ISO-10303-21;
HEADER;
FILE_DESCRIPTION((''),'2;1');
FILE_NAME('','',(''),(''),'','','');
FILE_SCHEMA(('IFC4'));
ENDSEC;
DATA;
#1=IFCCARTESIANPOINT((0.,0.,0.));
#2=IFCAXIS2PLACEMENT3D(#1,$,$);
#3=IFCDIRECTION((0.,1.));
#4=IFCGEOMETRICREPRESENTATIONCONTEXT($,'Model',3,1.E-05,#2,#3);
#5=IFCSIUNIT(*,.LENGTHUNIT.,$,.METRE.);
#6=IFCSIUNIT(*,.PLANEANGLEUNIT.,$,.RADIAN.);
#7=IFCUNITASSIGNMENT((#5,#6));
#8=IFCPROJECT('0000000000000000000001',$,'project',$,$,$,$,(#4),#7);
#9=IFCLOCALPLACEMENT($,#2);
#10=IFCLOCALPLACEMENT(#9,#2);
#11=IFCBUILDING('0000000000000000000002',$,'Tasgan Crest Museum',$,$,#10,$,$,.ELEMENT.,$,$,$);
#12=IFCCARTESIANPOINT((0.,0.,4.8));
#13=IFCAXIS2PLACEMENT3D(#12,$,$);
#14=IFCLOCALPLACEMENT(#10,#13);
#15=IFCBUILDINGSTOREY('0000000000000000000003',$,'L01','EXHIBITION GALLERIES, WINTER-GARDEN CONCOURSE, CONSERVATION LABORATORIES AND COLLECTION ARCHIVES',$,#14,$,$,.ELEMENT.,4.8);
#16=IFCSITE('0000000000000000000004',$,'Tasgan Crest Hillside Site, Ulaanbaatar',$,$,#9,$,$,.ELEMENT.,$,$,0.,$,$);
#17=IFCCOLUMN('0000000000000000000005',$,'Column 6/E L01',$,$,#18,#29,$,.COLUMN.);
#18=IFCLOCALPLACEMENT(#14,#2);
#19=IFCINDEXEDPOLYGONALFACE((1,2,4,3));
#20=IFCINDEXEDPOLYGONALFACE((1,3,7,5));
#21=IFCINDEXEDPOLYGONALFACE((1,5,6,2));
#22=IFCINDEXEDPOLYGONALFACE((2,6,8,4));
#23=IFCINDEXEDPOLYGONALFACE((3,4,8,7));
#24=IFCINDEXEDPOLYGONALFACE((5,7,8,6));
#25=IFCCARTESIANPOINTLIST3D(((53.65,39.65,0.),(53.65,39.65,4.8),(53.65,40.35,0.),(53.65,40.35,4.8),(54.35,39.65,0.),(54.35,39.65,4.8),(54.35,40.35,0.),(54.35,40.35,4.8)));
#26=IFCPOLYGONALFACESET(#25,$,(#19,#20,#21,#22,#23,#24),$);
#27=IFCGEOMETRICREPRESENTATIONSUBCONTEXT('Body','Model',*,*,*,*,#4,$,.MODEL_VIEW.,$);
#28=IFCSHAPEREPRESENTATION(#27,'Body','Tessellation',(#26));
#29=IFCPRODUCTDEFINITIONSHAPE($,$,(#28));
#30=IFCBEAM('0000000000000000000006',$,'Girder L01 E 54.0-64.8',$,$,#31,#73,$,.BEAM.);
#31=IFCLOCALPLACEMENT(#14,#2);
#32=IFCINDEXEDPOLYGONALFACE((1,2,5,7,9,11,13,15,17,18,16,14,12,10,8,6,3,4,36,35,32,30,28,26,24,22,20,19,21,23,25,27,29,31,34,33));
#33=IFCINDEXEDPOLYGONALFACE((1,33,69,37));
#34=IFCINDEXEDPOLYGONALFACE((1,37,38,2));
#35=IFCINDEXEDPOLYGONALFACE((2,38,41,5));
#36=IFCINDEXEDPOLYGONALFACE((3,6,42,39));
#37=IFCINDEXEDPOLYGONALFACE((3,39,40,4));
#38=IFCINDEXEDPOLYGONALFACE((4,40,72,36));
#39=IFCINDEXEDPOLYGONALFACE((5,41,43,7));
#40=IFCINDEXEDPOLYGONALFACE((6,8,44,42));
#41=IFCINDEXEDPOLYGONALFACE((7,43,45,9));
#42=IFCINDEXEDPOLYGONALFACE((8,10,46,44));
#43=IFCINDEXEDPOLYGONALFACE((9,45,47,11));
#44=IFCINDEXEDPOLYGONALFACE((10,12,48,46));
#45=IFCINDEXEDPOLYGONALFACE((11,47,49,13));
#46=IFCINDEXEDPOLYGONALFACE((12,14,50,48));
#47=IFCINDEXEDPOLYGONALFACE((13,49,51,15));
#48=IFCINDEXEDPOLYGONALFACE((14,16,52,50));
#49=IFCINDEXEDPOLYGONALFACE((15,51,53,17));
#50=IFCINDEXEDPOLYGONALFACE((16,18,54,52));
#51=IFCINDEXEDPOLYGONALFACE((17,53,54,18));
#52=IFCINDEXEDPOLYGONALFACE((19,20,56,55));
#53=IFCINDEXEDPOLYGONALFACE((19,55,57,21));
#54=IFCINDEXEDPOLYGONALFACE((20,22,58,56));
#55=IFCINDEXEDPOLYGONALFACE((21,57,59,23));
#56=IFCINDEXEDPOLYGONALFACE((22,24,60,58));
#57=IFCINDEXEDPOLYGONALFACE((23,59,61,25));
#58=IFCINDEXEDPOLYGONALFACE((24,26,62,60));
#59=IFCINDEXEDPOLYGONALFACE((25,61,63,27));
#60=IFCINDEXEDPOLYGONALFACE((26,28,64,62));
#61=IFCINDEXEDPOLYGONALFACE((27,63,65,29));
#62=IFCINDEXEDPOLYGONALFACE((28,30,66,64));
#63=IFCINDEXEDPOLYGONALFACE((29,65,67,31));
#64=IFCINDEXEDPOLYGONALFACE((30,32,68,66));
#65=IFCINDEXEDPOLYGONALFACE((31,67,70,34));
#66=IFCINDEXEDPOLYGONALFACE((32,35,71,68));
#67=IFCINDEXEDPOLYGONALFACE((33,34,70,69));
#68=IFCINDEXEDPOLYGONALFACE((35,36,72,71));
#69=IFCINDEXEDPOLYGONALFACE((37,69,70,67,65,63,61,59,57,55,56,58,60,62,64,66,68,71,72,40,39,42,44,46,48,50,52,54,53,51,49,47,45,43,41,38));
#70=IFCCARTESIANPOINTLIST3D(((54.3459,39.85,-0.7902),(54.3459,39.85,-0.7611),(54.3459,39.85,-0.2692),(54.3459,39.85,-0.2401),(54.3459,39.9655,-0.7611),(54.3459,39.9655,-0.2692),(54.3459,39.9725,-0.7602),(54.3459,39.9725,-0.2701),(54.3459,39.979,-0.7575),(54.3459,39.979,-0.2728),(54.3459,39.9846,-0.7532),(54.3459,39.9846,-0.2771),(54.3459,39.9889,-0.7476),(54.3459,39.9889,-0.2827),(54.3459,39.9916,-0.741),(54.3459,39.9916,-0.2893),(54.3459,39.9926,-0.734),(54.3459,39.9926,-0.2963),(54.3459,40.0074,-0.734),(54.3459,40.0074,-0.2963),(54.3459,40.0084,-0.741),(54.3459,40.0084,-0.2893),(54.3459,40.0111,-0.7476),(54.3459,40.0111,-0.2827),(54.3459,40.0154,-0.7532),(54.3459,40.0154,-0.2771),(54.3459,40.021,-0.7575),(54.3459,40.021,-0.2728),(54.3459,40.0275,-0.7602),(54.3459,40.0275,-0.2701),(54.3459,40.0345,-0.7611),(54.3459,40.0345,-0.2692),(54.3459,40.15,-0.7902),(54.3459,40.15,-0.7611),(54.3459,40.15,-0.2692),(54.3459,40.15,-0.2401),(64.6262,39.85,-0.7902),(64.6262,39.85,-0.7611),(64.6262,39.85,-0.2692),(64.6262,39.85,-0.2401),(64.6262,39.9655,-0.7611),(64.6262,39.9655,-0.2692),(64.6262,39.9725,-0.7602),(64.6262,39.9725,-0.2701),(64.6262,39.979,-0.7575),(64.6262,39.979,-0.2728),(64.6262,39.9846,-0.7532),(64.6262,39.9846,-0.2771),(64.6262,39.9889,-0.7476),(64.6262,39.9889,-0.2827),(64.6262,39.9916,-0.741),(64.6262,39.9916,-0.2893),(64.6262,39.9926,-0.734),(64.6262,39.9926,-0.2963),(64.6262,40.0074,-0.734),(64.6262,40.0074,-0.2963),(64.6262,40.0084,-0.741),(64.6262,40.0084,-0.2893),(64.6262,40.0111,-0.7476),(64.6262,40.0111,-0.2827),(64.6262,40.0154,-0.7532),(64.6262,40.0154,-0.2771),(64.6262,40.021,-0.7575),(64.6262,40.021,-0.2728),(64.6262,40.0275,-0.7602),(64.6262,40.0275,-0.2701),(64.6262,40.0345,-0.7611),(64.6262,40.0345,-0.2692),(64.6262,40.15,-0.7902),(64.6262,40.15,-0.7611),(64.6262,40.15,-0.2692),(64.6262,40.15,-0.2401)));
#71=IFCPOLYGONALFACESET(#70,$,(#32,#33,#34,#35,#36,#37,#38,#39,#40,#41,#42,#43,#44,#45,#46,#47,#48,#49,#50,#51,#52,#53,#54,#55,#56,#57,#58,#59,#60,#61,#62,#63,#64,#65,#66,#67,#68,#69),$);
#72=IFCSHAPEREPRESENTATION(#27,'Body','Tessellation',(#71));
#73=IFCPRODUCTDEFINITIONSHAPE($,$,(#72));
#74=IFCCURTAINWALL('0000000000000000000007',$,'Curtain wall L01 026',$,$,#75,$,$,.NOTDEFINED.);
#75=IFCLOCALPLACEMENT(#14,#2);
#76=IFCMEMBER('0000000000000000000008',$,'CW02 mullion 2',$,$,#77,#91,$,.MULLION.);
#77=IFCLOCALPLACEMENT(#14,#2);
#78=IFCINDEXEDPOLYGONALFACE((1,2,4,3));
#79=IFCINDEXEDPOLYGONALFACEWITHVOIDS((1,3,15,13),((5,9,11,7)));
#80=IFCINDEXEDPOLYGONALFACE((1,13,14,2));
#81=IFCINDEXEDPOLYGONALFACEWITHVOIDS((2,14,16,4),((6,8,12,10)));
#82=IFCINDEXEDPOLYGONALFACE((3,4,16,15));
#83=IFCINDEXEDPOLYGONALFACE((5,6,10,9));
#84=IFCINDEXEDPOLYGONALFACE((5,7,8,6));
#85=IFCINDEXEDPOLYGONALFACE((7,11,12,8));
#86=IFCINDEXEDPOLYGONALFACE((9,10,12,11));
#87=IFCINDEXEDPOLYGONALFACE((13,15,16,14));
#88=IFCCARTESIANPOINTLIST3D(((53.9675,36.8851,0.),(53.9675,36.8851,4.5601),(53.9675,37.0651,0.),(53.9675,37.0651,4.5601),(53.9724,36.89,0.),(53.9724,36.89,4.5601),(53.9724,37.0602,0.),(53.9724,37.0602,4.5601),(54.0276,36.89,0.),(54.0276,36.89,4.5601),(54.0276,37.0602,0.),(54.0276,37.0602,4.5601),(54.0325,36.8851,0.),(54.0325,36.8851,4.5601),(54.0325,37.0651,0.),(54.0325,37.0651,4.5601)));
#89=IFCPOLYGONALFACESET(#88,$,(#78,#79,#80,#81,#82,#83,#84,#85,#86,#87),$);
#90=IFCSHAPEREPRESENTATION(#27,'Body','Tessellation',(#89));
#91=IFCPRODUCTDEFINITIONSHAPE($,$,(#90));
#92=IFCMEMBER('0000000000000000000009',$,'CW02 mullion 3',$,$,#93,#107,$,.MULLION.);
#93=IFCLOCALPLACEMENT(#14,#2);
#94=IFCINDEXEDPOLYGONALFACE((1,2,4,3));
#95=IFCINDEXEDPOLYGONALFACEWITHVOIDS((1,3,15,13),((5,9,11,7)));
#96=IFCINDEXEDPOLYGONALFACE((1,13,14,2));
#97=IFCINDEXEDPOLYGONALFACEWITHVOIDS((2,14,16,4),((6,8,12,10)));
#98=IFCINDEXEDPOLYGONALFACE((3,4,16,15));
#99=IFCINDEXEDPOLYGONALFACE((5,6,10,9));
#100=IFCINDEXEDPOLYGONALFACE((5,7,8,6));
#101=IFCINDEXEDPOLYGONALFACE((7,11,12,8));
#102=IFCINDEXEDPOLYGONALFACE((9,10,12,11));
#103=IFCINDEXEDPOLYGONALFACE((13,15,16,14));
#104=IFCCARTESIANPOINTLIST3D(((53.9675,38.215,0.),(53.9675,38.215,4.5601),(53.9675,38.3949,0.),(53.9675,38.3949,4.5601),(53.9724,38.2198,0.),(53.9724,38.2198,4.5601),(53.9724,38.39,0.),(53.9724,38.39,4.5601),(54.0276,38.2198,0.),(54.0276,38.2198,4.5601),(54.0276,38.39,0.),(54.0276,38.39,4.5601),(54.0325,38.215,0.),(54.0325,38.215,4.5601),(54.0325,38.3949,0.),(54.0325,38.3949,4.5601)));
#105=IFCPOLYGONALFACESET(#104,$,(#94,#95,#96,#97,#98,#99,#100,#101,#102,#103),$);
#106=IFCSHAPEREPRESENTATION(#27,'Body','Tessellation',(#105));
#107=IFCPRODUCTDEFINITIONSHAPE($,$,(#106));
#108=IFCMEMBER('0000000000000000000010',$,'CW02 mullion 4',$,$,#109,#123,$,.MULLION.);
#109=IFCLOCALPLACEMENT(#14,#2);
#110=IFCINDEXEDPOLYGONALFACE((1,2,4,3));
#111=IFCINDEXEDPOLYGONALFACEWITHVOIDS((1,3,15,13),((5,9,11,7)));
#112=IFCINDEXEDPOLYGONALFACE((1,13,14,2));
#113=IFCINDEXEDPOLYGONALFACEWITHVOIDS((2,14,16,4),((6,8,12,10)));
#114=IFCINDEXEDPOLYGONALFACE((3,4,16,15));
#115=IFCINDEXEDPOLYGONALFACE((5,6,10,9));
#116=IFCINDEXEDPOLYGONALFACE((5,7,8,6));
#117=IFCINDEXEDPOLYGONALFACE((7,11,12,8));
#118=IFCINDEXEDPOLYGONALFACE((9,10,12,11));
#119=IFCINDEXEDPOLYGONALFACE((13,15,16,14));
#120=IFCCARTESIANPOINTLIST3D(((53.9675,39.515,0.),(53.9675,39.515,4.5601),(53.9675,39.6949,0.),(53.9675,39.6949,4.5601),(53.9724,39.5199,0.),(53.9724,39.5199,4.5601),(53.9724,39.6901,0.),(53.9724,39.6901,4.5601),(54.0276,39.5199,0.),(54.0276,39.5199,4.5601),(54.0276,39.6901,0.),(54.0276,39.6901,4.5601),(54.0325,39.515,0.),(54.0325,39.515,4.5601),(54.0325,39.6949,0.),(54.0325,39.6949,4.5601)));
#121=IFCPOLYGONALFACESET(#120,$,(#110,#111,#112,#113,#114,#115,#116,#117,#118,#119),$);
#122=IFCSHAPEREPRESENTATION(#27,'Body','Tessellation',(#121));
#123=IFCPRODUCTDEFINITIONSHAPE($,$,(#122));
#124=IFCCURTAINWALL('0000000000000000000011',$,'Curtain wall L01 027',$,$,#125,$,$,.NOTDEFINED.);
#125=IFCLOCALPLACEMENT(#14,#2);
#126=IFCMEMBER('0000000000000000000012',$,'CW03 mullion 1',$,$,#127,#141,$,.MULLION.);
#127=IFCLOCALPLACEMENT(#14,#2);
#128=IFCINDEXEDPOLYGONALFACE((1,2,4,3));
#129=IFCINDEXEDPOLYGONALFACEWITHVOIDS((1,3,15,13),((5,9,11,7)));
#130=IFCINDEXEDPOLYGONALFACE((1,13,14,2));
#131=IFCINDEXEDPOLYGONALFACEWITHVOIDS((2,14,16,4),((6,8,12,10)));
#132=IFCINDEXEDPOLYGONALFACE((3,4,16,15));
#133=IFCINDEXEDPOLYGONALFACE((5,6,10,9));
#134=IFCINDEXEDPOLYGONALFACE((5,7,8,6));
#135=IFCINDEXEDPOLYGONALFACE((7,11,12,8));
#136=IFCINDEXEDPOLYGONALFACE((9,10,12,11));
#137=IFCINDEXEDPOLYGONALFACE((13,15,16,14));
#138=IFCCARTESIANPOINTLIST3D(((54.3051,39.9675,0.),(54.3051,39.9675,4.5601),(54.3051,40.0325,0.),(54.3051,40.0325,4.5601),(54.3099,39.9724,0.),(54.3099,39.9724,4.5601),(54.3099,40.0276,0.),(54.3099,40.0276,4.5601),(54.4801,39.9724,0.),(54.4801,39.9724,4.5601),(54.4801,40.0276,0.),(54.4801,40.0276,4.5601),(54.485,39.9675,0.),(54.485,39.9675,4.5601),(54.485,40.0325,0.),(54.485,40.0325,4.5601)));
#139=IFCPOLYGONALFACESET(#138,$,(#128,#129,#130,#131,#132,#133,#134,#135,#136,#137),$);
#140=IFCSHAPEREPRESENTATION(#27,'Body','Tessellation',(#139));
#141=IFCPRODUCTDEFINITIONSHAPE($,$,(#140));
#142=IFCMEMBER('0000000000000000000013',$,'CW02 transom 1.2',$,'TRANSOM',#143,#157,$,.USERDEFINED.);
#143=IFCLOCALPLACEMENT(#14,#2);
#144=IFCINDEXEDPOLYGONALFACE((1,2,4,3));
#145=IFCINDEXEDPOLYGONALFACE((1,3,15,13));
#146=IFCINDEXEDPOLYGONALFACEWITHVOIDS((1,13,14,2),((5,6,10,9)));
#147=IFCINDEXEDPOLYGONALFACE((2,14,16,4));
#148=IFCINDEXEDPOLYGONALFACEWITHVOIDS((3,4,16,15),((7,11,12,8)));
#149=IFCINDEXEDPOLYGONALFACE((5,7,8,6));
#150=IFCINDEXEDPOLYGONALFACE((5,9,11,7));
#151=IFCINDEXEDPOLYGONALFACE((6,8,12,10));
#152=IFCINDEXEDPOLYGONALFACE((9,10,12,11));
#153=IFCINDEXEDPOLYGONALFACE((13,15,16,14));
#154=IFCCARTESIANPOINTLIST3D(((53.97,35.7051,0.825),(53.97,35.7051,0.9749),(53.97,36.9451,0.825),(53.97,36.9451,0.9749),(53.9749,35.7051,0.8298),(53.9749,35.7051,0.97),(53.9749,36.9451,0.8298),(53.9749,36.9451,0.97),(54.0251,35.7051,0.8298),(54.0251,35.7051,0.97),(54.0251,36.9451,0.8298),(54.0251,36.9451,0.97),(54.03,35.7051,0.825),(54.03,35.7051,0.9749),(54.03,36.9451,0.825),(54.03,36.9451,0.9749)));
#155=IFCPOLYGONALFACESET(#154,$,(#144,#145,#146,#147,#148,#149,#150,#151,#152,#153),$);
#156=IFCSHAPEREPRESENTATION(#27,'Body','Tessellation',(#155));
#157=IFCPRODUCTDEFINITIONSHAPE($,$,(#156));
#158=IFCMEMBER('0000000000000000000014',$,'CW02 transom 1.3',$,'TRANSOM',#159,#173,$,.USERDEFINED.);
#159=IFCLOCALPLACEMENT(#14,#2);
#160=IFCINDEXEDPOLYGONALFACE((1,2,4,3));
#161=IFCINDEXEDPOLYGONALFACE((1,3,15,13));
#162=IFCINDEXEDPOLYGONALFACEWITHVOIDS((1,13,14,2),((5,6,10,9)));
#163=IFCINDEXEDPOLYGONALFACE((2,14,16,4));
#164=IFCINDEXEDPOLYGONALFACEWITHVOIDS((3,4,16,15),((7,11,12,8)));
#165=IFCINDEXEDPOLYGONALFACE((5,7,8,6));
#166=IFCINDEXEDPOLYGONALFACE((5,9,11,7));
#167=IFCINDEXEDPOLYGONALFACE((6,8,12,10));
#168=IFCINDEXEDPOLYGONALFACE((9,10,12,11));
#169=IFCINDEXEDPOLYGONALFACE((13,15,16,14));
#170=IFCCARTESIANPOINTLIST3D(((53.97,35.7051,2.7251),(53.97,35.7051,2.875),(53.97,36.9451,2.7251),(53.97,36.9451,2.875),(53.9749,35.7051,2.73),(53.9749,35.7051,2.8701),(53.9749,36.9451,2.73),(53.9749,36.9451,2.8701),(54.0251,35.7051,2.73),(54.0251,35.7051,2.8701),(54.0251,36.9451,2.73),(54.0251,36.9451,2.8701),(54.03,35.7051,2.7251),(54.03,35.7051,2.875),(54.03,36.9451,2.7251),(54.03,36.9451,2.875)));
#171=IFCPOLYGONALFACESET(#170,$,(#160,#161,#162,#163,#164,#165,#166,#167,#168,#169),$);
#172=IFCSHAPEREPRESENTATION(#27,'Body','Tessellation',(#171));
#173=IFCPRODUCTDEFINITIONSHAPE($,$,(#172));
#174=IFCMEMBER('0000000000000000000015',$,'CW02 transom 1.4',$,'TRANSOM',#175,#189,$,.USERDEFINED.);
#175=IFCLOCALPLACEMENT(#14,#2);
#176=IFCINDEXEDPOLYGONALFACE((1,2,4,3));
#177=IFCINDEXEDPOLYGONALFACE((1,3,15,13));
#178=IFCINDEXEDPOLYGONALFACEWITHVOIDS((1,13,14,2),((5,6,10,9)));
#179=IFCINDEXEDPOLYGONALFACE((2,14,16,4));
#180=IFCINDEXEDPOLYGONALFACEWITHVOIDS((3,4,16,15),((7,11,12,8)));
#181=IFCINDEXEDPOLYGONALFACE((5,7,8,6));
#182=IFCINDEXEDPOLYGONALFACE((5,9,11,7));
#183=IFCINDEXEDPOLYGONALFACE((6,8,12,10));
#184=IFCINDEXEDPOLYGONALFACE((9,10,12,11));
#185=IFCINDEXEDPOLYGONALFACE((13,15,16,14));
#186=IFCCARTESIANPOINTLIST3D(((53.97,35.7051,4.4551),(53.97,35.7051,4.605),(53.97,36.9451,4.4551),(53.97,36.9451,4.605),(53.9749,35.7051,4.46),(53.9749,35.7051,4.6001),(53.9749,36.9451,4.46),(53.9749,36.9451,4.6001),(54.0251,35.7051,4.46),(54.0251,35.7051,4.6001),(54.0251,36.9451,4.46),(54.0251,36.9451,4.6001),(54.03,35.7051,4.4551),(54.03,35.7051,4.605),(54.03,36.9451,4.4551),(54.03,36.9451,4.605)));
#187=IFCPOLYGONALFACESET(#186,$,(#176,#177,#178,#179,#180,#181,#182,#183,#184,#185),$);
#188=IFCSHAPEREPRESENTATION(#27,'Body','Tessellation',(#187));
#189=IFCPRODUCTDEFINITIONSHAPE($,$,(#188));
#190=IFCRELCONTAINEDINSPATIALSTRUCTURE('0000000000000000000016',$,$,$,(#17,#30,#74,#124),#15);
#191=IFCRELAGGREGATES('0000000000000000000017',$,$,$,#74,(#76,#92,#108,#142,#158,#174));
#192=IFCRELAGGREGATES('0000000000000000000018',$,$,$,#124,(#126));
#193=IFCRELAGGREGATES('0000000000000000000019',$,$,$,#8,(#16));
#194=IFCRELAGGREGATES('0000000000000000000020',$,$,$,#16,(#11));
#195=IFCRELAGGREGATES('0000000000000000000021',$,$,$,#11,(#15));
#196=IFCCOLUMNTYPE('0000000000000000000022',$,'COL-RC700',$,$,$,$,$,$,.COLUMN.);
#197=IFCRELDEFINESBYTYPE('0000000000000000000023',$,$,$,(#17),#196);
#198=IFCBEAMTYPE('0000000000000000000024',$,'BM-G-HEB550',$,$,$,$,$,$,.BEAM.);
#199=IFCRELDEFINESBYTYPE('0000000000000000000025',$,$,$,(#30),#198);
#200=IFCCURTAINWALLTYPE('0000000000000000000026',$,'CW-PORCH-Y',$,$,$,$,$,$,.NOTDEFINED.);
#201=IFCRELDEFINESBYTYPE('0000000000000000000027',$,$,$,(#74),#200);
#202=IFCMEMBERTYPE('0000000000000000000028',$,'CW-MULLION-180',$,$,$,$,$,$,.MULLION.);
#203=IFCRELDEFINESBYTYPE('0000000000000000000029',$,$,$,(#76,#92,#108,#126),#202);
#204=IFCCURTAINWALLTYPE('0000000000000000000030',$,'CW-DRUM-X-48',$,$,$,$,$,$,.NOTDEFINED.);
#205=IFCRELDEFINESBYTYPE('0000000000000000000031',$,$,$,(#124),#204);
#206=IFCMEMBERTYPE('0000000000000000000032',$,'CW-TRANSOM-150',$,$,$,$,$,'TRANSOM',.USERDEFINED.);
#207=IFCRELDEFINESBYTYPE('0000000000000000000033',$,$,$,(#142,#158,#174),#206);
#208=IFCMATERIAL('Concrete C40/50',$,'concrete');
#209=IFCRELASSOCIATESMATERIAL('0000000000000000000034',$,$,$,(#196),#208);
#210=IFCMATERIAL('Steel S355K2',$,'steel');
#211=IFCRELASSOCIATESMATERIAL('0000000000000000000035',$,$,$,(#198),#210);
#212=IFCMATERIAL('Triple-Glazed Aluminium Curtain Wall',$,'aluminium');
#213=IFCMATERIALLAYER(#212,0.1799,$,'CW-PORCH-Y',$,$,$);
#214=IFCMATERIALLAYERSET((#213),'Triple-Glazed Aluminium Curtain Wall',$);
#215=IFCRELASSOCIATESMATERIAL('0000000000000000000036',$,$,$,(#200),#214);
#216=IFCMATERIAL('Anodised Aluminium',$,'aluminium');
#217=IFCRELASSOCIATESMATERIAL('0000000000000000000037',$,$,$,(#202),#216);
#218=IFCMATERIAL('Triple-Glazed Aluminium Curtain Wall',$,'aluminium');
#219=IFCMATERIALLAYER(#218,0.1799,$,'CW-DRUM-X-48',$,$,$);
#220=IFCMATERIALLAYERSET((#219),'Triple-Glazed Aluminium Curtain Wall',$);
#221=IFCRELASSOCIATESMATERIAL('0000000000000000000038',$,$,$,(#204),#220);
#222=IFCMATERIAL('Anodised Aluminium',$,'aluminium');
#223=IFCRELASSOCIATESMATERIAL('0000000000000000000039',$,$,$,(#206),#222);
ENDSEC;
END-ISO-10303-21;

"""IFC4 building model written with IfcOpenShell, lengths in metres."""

from ifc_helpers import new_model, si_unit, direction, frame, origin, origin_2d, place, context, subcontext, project, spatial, rectangle, hollow_rectangle, i_section, extrude, material, layer, layer_set, material_profile, profile_set, type_object, element, aggregate, save


model = new_model("IFC4")

# Units and contexts
model_context = context("Model", 3, precision=1e-05, world=origin(), true_north=direction((0.0, 1.0)))
body_context = subcontext(model_context, "Body", "Model", "MODEL_VIEW")
ifc_project = project(units=[si_unit("LENGTHUNIT", "METRE"), si_unit("PLANEANGLEUNIT", "RADIAN")], contexts=[model_context])

# Site, building, storey
site_placement = place(None, origin())
site = spatial("IfcSite", under=ifc_project, at=site_placement, Name="Tasgan Crest Hillside Site, Ulaanbaatar", CompositionType="ELEMENT", RefElevation=0.0)
building_placement = place(site_placement, origin())
building = spatial("IfcBuilding", under=site, at=building_placement, Name="Tasgan Crest Museum", CompositionType="ELEMENT")
storey_placement = place(building_placement, frame((0.0, 0.0, 4.8)))
storey = spatial("IfcBuildingStorey", under=building, at=storey_placement, Name="L01", Description="EXHIBITION GALLERIES, WINTER-GARDEN CONCOURSE, CONSERVATION LABORATORIES AND COLLECTION ARCHIVES", CompositionType="ELEMENT", Elevation=4.8)

# Column
ifc_material_1 = material(Name="Concrete C40/50", Category="concrete")
ifc_material_profile_1 = material_profile(ifc_material_1, rectangle(XDim=0.7, YDim=0.7, at=origin_2d()), Name="RC 700x700")
ifc_profile_set_1 = profile_set([ifc_material_profile_1], Name="Concrete C40/50")
column_type = type_object("IfcColumnType", Name="COL-RC700", PredefinedType="COLUMN", material=ifc_profile_set_1)
column_placement = place(storey_placement, frame((54.0, 40.0, 0.0), z_axis=(0.0, 0.0, 1.0), x_axis=(1.0, 0.0, 0.0)))
element("IfcColumn", 1, at=column_placement, inside=storey, type_object=column_type, Name="Column 6/E L01", PredefinedType="COLUMN", context=body_context, shape_type="SweptSolid", body=[
    extrude(rectangle(XDim=0.7, YDim=0.7, at=origin_2d()), origin(), (0.0, 0.0, 1.0), 4.8),
])

# Beam
ifc_material_2 = material(Name="Steel S355K2", Category="steel")
ifc_material_profile_2 = material_profile(ifc_material_2, i_section(OverallWidth=0.3, OverallDepth=0.55, WebThickness=0.0149, FlangeThickness=0.0291, FilletRadius=0.0271, at=origin_2d()), Name="HEB 550")
ifc_profile_set_2 = profile_set([ifc_material_profile_2], Name="Steel S355K2")
beam_type = type_object("IfcBeamType", Name="BM-G-HEB550", PredefinedType="BEAM", material=ifc_profile_set_2)
beam_placement = place(storey_placement, frame((54.3459, 40.0, -0.5151), z_axis=(1.0, 0.0, 0.0), x_axis=(0.0, 1.0, 0.0)))
element("IfcBeam", 2, at=beam_placement, inside=storey, type_object=beam_type, Name="Girder L01 E 54.0-64.8", PredefinedType="BEAM", context=body_context, shape_type="SweptSolid", body=[
    extrude(i_section(OverallWidth=0.3, OverallDepth=0.55, WebThickness=0.0149, FlangeThickness=0.0291, FilletRadius=0.0271, at=origin_2d()), origin(), (0.0, 0.0, 1.0), 10.2803),
])

# Curtain wall, members
ifc_material_3 = material(Name="Triple-Glazed Aluminium Curtain Wall", Category="aluminium")
ifc_layer_1 = layer(ifc_material_3, 0.1799, Name="CW-PORCH-Y")
ifc_layer_set_1 = layer_set([ifc_layer_1], Name="Triple-Glazed Aluminium Curtain Wall")
curtain_wall_type_1 = type_object("IfcCurtainWallType", Name="CW-PORCH-Y", PredefinedType="NOTDEFINED", material=ifc_layer_set_1)
curtain_wall_1_placement = place(storey_placement, origin())
curtain_wall_1 = element("IfcCurtainWall", 3, at=curtain_wall_1_placement, inside=storey, type_object=curtain_wall_type_1, Name="Curtain wall L01 026", PredefinedType="NOTDEFINED")
ifc_material_4 = material(Name="Anodised Aluminium", Category="aluminium")
ifc_material_profile_3 = material_profile(ifc_material_4, hollow_rectangle(XDim=0.0649, YDim=0.1799, WallThickness=0.0049, at=origin_2d()), Name="ALU MULLION 180x65x5")
ifc_profile_set_3 = profile_set([ifc_material_profile_3], Name="Anodised Aluminium")
member_type_1 = type_object("IfcMemberType", Name="CW-MULLION-180", PredefinedType="MULLION", material=ifc_profile_set_3)
member_1_placement = place(storey_placement, frame((54.0, 36.9751, 0.0), z_axis=(0.0, 0.0, 1.0), x_axis=(-1.0, 0.0, 0.0)))
member_1 = element("IfcMember", 4, at=member_1_placement, type_object=member_type_1, Name="CW02 mullion 2", PredefinedType="MULLION", context=body_context, shape_type="SweptSolid", body=[
    extrude(hollow_rectangle(XDim=0.0649, YDim=0.1799, WallThickness=0.0049, at=origin_2d()), origin(), (0.0, 0.0, 1.0), 4.5601),
])
member_2_placement = place(storey_placement, frame((54.0, 38.3049, 0.0), z_axis=(0.0, 0.0, 1.0), x_axis=(-1.0, 0.0, 0.0)))
member_2 = element("IfcMember", 5, at=member_2_placement, type_object=member_type_1, Name="CW02 mullion 3", PredefinedType="MULLION", context=body_context, shape_type="SweptSolid", body=[
    extrude(hollow_rectangle(XDim=0.0649, YDim=0.1799, WallThickness=0.0049, at=origin_2d()), origin(), (0.0, 0.0, 1.0), 4.5601),
])
member_3_placement = place(storey_placement, frame((54.0, 39.605, 0.0), z_axis=(0.0, 0.0, 1.0), x_axis=(-1.0, 0.0, 0.0)))
member_3 = element("IfcMember", 6, at=member_3_placement, type_object=member_type_1, Name="CW02 mullion 4", PredefinedType="MULLION", context=body_context, shape_type="SweptSolid", body=[
    extrude(hollow_rectangle(XDim=0.0649, YDim=0.1799, WallThickness=0.0049, at=origin_2d()), origin(), (0.0, 0.0, 1.0), 4.5601),
])

# Curtain wall, member
ifc_material_5 = material(Name="Triple-Glazed Aluminium Curtain Wall", Category="aluminium")
ifc_layer_2 = layer(ifc_material_5, 0.1799, Name="CW-DRUM-X-48")
ifc_layer_set_2 = layer_set([ifc_layer_2], Name="Triple-Glazed Aluminium Curtain Wall")
curtain_wall_type_2 = type_object("IfcCurtainWallType", Name="CW-DRUM-X-48", PredefinedType="NOTDEFINED", material=ifc_layer_set_2)
curtain_wall_2_placement = place(storey_placement, origin())
curtain_wall_2 = element("IfcCurtainWall", 7, at=curtain_wall_2_placement, inside=storey, type_object=curtain_wall_type_2, Name="Curtain wall L01 027", PredefinedType="NOTDEFINED")
member_4_placement = place(storey_placement, frame((54.395, 40.0, 0.0), z_axis=(0.0, 0.0, 1.0), x_axis=(0.0, 1.0, 0.0)))
member_4 = element("IfcMember", 8, at=member_4_placement, type_object=member_type_1, Name="CW03 mullion 1", PredefinedType="MULLION", context=body_context, shape_type="SweptSolid", body=[
    extrude(hollow_rectangle(XDim=0.0649, YDim=0.1799, WallThickness=0.0049, at=origin_2d()), origin(), (0.0, 0.0, 1.0), 4.5601),
])

# Members
ifc_material_6 = material(Name="Anodised Aluminium", Category="aluminium")
ifc_material_profile_4 = material_profile(ifc_material_6, hollow_rectangle(XDim=0.0601, YDim=0.1499, WallThickness=0.0049, at=origin_2d()), Name="ALU TRANSOM 150x60x5")
ifc_profile_set_4 = profile_set([ifc_material_profile_4], Name="Anodised Aluminium")
member_type_2 = type_object("IfcMemberType", Name="CW-TRANSOM-150", ElementType="TRANSOM", PredefinedType="USERDEFINED", material=ifc_profile_set_4)
member_5_placement = place(storey_placement, frame((54.0, 35.7051, 0.8999), z_axis=(0.0, 1.0, 0.0), x_axis=(-1.0, 0.0, 0.0)))
member_5 = element("IfcMember", 9, at=member_5_placement, type_object=member_type_2, Name="CW02 transom 1.2", ObjectType="TRANSOM", PredefinedType="USERDEFINED", context=body_context, shape_type="SweptSolid", body=[
    extrude(hollow_rectangle(XDim=0.0601, YDim=0.1499, WallThickness=0.0049, at=origin_2d()), origin(), (0.0, 0.0, 1.0), 1.24),
])
member_6_placement = place(storey_placement, frame((54.0, 35.7051, 2.8), z_axis=(0.0, 1.0, 0.0), x_axis=(-1.0, 0.0, 0.0)))
member_6 = element("IfcMember", 10, at=member_6_placement, type_object=member_type_2, Name="CW02 transom 1.3", ObjectType="TRANSOM", PredefinedType="USERDEFINED", context=body_context, shape_type="SweptSolid", body=[
    extrude(hollow_rectangle(XDim=0.0601, YDim=0.1499, WallThickness=0.0049, at=origin_2d()), origin(), (0.0, 0.0, 1.0), 1.24),
])
member_7_placement = place(storey_placement, frame((54.0, 35.7051, 4.53), z_axis=(0.0, 1.0, 0.0), x_axis=(-1.0, 0.0, 0.0)))
member_7 = element("IfcMember", 11, at=member_7_placement, type_object=member_type_2, Name="CW02 transom 1.4", ObjectType="TRANSOM", PredefinedType="USERDEFINED", context=body_context, shape_type="SweptSolid", body=[
    extrude(hollow_rectangle(XDim=0.0601, YDim=0.1499, WallThickness=0.0049, at=origin_2d()), origin(), (0.0, 0.0, 1.0), 1.24),
])

aggregate(curtain_wall_1, [member_1, member_2, member_3, member_5, member_6, member_7])
aggregate(curtain_wall_2, [member_4])

save(model, "model.ifc")
